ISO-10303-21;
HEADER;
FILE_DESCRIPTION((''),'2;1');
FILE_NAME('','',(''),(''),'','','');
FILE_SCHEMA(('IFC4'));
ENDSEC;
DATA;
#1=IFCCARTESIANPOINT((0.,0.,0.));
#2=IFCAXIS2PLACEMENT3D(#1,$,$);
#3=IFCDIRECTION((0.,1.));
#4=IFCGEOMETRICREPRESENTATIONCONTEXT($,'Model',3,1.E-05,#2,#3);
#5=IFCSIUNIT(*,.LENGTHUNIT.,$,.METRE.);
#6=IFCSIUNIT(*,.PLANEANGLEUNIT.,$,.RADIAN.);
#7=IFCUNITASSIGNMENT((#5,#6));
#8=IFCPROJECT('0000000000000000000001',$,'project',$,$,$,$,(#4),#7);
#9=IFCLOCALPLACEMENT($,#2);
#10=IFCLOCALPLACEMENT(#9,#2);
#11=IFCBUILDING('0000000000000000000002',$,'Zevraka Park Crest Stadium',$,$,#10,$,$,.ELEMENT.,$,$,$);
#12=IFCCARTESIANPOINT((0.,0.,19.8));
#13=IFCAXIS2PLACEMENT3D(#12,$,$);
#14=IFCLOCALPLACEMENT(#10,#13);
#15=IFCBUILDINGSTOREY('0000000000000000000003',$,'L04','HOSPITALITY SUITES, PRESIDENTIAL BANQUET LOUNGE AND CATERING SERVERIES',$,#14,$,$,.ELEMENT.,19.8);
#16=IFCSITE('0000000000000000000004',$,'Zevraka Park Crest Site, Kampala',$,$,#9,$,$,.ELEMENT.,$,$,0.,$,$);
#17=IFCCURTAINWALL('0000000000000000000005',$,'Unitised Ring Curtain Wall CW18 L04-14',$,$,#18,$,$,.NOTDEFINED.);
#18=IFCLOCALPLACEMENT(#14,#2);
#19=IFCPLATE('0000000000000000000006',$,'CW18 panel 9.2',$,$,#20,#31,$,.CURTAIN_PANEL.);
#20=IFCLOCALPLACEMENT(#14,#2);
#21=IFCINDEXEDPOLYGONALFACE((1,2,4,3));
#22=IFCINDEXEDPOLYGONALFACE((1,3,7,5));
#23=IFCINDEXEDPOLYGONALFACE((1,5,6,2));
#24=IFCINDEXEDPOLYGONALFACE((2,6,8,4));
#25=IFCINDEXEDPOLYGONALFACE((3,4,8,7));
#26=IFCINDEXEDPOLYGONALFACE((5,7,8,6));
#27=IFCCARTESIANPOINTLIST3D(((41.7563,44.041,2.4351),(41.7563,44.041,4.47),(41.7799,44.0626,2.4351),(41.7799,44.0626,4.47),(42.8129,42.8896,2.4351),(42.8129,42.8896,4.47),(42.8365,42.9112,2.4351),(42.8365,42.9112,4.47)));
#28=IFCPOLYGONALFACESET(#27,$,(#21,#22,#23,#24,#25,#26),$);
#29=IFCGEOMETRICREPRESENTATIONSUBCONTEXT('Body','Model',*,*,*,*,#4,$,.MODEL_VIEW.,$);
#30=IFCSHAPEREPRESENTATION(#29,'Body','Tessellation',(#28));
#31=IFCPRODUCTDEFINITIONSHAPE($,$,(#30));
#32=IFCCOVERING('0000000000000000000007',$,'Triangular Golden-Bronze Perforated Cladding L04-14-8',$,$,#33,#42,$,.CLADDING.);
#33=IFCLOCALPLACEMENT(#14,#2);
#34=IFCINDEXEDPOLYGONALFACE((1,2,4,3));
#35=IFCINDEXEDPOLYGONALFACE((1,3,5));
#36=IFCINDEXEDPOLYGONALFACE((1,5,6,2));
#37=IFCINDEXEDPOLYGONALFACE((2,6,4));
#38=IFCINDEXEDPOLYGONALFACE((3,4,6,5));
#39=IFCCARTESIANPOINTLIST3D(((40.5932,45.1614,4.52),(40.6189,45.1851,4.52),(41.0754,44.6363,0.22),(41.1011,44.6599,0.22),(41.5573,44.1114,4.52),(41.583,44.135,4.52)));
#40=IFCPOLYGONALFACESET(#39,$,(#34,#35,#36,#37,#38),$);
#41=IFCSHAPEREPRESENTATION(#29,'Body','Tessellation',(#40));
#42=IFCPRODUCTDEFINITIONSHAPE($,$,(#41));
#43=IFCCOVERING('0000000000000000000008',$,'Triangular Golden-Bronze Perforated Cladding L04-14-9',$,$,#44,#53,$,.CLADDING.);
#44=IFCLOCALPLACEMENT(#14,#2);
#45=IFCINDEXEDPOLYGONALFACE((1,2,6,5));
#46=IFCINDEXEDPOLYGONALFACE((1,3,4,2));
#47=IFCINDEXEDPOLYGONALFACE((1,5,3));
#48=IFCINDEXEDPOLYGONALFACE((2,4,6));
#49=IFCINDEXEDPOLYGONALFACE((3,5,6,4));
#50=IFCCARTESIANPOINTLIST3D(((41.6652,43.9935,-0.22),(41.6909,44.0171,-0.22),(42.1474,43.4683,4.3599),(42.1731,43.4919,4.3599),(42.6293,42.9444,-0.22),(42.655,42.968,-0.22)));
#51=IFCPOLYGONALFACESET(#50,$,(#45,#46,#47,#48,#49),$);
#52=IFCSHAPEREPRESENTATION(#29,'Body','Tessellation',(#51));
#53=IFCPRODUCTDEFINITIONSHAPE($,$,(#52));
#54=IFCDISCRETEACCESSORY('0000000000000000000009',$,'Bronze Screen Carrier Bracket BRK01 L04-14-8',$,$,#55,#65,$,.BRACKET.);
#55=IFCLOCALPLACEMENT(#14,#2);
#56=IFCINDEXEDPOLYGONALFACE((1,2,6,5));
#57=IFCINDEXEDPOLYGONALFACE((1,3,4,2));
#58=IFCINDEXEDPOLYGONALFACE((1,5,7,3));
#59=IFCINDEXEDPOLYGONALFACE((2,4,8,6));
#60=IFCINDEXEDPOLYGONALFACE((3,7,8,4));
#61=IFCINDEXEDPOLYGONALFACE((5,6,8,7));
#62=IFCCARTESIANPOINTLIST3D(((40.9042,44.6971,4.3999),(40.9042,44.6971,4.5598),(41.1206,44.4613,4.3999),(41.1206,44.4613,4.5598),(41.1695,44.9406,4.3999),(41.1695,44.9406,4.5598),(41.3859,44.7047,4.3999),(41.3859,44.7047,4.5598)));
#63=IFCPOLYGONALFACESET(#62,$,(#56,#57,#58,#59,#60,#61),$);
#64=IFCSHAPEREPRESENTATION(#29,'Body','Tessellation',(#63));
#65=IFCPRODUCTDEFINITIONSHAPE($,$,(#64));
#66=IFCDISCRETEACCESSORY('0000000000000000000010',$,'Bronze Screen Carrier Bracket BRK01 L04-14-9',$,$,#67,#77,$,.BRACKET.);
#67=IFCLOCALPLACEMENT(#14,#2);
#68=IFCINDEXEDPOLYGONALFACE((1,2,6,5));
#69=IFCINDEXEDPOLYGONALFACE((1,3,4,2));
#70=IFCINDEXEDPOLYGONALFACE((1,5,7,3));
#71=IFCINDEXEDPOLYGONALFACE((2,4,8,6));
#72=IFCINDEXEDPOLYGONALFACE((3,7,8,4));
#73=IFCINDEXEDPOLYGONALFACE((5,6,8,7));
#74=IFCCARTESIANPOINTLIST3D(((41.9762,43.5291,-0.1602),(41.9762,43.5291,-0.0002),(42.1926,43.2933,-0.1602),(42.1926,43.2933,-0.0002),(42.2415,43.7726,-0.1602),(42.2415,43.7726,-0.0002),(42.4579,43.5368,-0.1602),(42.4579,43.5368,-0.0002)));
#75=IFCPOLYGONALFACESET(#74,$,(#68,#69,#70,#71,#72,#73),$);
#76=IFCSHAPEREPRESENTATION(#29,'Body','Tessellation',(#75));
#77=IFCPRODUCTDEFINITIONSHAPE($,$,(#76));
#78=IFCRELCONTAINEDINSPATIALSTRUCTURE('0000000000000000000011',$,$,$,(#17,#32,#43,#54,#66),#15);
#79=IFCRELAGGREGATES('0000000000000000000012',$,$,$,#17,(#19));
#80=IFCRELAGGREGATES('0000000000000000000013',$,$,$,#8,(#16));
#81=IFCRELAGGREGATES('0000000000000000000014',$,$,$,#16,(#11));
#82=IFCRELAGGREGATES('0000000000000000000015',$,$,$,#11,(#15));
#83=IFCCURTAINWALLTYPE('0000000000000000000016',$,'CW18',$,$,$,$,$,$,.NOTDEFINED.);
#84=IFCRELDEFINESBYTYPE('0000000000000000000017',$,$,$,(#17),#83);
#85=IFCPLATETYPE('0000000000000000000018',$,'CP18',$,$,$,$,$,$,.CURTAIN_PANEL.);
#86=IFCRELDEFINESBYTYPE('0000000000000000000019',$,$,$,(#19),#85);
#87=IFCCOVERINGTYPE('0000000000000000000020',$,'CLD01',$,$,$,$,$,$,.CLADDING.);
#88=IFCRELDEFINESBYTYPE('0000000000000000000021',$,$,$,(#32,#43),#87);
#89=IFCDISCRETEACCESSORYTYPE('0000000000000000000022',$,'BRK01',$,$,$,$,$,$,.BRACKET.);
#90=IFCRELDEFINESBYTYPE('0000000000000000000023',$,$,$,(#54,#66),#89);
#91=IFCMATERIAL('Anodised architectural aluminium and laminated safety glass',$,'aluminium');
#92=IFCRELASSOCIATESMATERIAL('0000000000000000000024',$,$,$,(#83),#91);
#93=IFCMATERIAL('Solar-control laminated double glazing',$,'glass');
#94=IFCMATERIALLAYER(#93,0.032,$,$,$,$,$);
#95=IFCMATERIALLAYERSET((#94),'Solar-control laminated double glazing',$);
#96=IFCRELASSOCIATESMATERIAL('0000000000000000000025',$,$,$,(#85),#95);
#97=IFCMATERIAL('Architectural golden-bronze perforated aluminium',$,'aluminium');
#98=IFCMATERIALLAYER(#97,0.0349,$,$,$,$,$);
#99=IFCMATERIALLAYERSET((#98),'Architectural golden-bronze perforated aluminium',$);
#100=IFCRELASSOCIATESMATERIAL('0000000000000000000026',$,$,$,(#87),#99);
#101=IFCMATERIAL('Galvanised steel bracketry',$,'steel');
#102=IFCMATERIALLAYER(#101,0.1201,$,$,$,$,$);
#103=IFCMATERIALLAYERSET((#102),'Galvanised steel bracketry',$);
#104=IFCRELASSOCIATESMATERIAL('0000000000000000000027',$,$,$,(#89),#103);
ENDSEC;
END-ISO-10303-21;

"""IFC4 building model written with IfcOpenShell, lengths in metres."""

from ifc_helpers import new_model, si_unit, direction, frame, origin, origin_2d, place, context, subcontext, project, spatial, polyline, rectangle, outline, extrude, material, layer, layer_set, type_object, element, aggregate, save


model = new_model("IFC4")

# Units and contexts
model_context = context("Model", 3, precision=1e-05, world=origin(), true_north=direction((0.0, 1.0)))
body_context = subcontext(model_context, "Body", "Model", "MODEL_VIEW")
ifc_project = project(units=[si_unit("LENGTHUNIT", "METRE"), si_unit("PLANEANGLEUNIT", "RADIAN")], contexts=[model_context])

# Site, building, storey
site_placement = place(None, origin())
site = spatial("IfcSite", under=ifc_project, at=site_placement, Name="Zevraka Park Crest Site, Kampala", CompositionType="ELEMENT", RefElevation=0.0)
building_placement = place(site_placement, origin())
building = spatial("IfcBuilding", under=site, at=building_placement, Name="Zevraka Park Crest Stadium", CompositionType="ELEMENT")
storey_placement = place(building_placement, frame((0.0, 0.0, 19.8)))
storey = spatial("IfcBuildingStorey", under=building, at=storey_placement, Name="L04", Description="HOSPITALITY SUITES, PRESIDENTIAL BANQUET LOUNGE AND CATERING SERVERIES", CompositionType="ELEMENT", Elevation=19.8)

# Curtain wall
ifc_material_1 = material(Name="Anodised architectural aluminium and laminated safety glass", Category="aluminium")
curtain_wall_type = type_object("IfcCurtainWallType", Name="CW18", PredefinedType="NOTDEFINED", material=ifc_material_1)
curtain_wall_placement = place(storey_placement, origin())
curtain_wall = element("IfcCurtainWall", 1, at=curtain_wall_placement, inside=storey, type_object=curtain_wall_type, Name="Unitised Ring Curtain Wall CW18 L04-14", PredefinedType="NOTDEFINED")

# Plate
ifc_material_2 = material(Name="Solar-control laminated double glazing", Category="glass")
ifc_layer_1 = layer(ifc_material_2, 0.032)
ifc_layer_set_1 = layer_set([ifc_layer_1], Name="Solar-control laminated double glazing")
plate_type = type_object("IfcPlateType", Name="CP18", PredefinedType="CURTAIN_PANEL", material=ifc_layer_set_1)
plate_1_placement = place(storey_placement, frame((42.2964, 43.4761, 2.4351), z_axis=(0.0, 0.0, 1.0), x_axis=(0.676138, -0.736775, 0.0)))
plate_1 = element("IfcPlate", 2, at=plate_1_placement, type_object=plate_type, Name="CW18 panel 9.2", PredefinedType="CURTAIN_PANEL", context=body_context, shape_type="SweptSolid", body=[
    extrude(rectangle(XDim=1.5627, YDim=0.032, at=origin_2d()), origin(), (0.0, 0.0, 1.0), 2.0349),
])
aggregate(curtain_wall, [plate_1])

# Coverings
ifc_material_3 = material(Name="Architectural golden-bronze perforated aluminium", Category="aluminium")
ifc_layer_2 = layer(ifc_material_3, 0.0349)
ifc_layer_set_2 = layer_set([ifc_layer_2], Name="Architectural golden-bronze perforated aluminium")
covering_type = type_object("IfcCoveringType", Name="CLD01", PredefinedType="CLADDING", material=ifc_layer_set_2)
covering_1_placement = place(storey_placement, frame((41.583, 44.135, 4.52), z_axis=(0.736606, 0.676322, 0.000002), x_axis=(-0.676322, 0.736606, 0.0)))
element("IfcCovering", 3, at=covering_1_placement, inside=storey, type_object=covering_type, Name="Triangular Golden-Bronze Perforated Cladding L04-14-8", PredefinedType="CLADDING", context=body_context, shape_type="SweptSolid", body=[
    extrude(outline(polyline([(0.0, 0.0), (1.4255, 0.0), (0.7126, -4.3), (0.0, 0.0)])), origin(), (0.0, 0.0, -1.0), 0.0349),
])
covering_2_placement = place(storey_placement, frame((41.6909, 44.0171, -0.22), z_axis=(0.736293, 0.676663, 0.000071), x_axis=(0.676663, -0.736293, 0.0)))
element("IfcCovering", 4, at=covering_2_placement, inside=storey, type_object=covering_type, Name="Triangular Golden-Bronze Perforated Cladding L04-14-9", PredefinedType="CLADDING", context=body_context, shape_type="SweptSolid", body=[
    extrude(outline(polyline([(0.0, 0.0), (1.4248, 0.0), (0.7129, -4.5798), (0.0, 0.0)])), origin(), (0.0, 0.0, -1.0), 0.0349),
])

# Discrete accessories
ifc_material_4 = material(Name="Galvanised steel bracketry", Category="steel")
ifc_layer_3 = layer(ifc_material_4, 0.1201)
ifc_layer_set_3 = layer_set([ifc_layer_3], Name="Galvanised steel bracketry")
discrete_accessory_type = type_object("IfcDiscreteAccessoryType", Name="BRK01", PredefinedType="BRACKET", material=ifc_layer_set_3)
for number, where, z_axis, x_axis, name in (
    (5, (41.145, 44.7009, 4.3999), (0.0, 0.0, 1.0), (0.676105, -0.736806, 0.0), "Bronze Screen Carrier Bracket BRK01 L04-14-8"),
    (6, (42.217, 43.533, -0.1602), (0.0, 0.0, 1.0), (0.676105, -0.736806, 0.0), "Bronze Screen Carrier Bracket BRK01 L04-14-9"),
):
    element("IfcDiscreteAccessory", number, at=place(storey_placement, frame(where, z_axis=z_axis, x_axis=x_axis)), inside=storey, type_object=discrete_accessory_type, Name=name, PredefinedType="BRACKET", context=body_context, shape_type="SweptSolid", body=[
        extrude(rectangle(XDim=0.3201, YDim=0.3601, at=origin_2d()), origin(), (0.0, 0.0, 1.0), 0.1599),
    ])

save(model, "model.ifc")
